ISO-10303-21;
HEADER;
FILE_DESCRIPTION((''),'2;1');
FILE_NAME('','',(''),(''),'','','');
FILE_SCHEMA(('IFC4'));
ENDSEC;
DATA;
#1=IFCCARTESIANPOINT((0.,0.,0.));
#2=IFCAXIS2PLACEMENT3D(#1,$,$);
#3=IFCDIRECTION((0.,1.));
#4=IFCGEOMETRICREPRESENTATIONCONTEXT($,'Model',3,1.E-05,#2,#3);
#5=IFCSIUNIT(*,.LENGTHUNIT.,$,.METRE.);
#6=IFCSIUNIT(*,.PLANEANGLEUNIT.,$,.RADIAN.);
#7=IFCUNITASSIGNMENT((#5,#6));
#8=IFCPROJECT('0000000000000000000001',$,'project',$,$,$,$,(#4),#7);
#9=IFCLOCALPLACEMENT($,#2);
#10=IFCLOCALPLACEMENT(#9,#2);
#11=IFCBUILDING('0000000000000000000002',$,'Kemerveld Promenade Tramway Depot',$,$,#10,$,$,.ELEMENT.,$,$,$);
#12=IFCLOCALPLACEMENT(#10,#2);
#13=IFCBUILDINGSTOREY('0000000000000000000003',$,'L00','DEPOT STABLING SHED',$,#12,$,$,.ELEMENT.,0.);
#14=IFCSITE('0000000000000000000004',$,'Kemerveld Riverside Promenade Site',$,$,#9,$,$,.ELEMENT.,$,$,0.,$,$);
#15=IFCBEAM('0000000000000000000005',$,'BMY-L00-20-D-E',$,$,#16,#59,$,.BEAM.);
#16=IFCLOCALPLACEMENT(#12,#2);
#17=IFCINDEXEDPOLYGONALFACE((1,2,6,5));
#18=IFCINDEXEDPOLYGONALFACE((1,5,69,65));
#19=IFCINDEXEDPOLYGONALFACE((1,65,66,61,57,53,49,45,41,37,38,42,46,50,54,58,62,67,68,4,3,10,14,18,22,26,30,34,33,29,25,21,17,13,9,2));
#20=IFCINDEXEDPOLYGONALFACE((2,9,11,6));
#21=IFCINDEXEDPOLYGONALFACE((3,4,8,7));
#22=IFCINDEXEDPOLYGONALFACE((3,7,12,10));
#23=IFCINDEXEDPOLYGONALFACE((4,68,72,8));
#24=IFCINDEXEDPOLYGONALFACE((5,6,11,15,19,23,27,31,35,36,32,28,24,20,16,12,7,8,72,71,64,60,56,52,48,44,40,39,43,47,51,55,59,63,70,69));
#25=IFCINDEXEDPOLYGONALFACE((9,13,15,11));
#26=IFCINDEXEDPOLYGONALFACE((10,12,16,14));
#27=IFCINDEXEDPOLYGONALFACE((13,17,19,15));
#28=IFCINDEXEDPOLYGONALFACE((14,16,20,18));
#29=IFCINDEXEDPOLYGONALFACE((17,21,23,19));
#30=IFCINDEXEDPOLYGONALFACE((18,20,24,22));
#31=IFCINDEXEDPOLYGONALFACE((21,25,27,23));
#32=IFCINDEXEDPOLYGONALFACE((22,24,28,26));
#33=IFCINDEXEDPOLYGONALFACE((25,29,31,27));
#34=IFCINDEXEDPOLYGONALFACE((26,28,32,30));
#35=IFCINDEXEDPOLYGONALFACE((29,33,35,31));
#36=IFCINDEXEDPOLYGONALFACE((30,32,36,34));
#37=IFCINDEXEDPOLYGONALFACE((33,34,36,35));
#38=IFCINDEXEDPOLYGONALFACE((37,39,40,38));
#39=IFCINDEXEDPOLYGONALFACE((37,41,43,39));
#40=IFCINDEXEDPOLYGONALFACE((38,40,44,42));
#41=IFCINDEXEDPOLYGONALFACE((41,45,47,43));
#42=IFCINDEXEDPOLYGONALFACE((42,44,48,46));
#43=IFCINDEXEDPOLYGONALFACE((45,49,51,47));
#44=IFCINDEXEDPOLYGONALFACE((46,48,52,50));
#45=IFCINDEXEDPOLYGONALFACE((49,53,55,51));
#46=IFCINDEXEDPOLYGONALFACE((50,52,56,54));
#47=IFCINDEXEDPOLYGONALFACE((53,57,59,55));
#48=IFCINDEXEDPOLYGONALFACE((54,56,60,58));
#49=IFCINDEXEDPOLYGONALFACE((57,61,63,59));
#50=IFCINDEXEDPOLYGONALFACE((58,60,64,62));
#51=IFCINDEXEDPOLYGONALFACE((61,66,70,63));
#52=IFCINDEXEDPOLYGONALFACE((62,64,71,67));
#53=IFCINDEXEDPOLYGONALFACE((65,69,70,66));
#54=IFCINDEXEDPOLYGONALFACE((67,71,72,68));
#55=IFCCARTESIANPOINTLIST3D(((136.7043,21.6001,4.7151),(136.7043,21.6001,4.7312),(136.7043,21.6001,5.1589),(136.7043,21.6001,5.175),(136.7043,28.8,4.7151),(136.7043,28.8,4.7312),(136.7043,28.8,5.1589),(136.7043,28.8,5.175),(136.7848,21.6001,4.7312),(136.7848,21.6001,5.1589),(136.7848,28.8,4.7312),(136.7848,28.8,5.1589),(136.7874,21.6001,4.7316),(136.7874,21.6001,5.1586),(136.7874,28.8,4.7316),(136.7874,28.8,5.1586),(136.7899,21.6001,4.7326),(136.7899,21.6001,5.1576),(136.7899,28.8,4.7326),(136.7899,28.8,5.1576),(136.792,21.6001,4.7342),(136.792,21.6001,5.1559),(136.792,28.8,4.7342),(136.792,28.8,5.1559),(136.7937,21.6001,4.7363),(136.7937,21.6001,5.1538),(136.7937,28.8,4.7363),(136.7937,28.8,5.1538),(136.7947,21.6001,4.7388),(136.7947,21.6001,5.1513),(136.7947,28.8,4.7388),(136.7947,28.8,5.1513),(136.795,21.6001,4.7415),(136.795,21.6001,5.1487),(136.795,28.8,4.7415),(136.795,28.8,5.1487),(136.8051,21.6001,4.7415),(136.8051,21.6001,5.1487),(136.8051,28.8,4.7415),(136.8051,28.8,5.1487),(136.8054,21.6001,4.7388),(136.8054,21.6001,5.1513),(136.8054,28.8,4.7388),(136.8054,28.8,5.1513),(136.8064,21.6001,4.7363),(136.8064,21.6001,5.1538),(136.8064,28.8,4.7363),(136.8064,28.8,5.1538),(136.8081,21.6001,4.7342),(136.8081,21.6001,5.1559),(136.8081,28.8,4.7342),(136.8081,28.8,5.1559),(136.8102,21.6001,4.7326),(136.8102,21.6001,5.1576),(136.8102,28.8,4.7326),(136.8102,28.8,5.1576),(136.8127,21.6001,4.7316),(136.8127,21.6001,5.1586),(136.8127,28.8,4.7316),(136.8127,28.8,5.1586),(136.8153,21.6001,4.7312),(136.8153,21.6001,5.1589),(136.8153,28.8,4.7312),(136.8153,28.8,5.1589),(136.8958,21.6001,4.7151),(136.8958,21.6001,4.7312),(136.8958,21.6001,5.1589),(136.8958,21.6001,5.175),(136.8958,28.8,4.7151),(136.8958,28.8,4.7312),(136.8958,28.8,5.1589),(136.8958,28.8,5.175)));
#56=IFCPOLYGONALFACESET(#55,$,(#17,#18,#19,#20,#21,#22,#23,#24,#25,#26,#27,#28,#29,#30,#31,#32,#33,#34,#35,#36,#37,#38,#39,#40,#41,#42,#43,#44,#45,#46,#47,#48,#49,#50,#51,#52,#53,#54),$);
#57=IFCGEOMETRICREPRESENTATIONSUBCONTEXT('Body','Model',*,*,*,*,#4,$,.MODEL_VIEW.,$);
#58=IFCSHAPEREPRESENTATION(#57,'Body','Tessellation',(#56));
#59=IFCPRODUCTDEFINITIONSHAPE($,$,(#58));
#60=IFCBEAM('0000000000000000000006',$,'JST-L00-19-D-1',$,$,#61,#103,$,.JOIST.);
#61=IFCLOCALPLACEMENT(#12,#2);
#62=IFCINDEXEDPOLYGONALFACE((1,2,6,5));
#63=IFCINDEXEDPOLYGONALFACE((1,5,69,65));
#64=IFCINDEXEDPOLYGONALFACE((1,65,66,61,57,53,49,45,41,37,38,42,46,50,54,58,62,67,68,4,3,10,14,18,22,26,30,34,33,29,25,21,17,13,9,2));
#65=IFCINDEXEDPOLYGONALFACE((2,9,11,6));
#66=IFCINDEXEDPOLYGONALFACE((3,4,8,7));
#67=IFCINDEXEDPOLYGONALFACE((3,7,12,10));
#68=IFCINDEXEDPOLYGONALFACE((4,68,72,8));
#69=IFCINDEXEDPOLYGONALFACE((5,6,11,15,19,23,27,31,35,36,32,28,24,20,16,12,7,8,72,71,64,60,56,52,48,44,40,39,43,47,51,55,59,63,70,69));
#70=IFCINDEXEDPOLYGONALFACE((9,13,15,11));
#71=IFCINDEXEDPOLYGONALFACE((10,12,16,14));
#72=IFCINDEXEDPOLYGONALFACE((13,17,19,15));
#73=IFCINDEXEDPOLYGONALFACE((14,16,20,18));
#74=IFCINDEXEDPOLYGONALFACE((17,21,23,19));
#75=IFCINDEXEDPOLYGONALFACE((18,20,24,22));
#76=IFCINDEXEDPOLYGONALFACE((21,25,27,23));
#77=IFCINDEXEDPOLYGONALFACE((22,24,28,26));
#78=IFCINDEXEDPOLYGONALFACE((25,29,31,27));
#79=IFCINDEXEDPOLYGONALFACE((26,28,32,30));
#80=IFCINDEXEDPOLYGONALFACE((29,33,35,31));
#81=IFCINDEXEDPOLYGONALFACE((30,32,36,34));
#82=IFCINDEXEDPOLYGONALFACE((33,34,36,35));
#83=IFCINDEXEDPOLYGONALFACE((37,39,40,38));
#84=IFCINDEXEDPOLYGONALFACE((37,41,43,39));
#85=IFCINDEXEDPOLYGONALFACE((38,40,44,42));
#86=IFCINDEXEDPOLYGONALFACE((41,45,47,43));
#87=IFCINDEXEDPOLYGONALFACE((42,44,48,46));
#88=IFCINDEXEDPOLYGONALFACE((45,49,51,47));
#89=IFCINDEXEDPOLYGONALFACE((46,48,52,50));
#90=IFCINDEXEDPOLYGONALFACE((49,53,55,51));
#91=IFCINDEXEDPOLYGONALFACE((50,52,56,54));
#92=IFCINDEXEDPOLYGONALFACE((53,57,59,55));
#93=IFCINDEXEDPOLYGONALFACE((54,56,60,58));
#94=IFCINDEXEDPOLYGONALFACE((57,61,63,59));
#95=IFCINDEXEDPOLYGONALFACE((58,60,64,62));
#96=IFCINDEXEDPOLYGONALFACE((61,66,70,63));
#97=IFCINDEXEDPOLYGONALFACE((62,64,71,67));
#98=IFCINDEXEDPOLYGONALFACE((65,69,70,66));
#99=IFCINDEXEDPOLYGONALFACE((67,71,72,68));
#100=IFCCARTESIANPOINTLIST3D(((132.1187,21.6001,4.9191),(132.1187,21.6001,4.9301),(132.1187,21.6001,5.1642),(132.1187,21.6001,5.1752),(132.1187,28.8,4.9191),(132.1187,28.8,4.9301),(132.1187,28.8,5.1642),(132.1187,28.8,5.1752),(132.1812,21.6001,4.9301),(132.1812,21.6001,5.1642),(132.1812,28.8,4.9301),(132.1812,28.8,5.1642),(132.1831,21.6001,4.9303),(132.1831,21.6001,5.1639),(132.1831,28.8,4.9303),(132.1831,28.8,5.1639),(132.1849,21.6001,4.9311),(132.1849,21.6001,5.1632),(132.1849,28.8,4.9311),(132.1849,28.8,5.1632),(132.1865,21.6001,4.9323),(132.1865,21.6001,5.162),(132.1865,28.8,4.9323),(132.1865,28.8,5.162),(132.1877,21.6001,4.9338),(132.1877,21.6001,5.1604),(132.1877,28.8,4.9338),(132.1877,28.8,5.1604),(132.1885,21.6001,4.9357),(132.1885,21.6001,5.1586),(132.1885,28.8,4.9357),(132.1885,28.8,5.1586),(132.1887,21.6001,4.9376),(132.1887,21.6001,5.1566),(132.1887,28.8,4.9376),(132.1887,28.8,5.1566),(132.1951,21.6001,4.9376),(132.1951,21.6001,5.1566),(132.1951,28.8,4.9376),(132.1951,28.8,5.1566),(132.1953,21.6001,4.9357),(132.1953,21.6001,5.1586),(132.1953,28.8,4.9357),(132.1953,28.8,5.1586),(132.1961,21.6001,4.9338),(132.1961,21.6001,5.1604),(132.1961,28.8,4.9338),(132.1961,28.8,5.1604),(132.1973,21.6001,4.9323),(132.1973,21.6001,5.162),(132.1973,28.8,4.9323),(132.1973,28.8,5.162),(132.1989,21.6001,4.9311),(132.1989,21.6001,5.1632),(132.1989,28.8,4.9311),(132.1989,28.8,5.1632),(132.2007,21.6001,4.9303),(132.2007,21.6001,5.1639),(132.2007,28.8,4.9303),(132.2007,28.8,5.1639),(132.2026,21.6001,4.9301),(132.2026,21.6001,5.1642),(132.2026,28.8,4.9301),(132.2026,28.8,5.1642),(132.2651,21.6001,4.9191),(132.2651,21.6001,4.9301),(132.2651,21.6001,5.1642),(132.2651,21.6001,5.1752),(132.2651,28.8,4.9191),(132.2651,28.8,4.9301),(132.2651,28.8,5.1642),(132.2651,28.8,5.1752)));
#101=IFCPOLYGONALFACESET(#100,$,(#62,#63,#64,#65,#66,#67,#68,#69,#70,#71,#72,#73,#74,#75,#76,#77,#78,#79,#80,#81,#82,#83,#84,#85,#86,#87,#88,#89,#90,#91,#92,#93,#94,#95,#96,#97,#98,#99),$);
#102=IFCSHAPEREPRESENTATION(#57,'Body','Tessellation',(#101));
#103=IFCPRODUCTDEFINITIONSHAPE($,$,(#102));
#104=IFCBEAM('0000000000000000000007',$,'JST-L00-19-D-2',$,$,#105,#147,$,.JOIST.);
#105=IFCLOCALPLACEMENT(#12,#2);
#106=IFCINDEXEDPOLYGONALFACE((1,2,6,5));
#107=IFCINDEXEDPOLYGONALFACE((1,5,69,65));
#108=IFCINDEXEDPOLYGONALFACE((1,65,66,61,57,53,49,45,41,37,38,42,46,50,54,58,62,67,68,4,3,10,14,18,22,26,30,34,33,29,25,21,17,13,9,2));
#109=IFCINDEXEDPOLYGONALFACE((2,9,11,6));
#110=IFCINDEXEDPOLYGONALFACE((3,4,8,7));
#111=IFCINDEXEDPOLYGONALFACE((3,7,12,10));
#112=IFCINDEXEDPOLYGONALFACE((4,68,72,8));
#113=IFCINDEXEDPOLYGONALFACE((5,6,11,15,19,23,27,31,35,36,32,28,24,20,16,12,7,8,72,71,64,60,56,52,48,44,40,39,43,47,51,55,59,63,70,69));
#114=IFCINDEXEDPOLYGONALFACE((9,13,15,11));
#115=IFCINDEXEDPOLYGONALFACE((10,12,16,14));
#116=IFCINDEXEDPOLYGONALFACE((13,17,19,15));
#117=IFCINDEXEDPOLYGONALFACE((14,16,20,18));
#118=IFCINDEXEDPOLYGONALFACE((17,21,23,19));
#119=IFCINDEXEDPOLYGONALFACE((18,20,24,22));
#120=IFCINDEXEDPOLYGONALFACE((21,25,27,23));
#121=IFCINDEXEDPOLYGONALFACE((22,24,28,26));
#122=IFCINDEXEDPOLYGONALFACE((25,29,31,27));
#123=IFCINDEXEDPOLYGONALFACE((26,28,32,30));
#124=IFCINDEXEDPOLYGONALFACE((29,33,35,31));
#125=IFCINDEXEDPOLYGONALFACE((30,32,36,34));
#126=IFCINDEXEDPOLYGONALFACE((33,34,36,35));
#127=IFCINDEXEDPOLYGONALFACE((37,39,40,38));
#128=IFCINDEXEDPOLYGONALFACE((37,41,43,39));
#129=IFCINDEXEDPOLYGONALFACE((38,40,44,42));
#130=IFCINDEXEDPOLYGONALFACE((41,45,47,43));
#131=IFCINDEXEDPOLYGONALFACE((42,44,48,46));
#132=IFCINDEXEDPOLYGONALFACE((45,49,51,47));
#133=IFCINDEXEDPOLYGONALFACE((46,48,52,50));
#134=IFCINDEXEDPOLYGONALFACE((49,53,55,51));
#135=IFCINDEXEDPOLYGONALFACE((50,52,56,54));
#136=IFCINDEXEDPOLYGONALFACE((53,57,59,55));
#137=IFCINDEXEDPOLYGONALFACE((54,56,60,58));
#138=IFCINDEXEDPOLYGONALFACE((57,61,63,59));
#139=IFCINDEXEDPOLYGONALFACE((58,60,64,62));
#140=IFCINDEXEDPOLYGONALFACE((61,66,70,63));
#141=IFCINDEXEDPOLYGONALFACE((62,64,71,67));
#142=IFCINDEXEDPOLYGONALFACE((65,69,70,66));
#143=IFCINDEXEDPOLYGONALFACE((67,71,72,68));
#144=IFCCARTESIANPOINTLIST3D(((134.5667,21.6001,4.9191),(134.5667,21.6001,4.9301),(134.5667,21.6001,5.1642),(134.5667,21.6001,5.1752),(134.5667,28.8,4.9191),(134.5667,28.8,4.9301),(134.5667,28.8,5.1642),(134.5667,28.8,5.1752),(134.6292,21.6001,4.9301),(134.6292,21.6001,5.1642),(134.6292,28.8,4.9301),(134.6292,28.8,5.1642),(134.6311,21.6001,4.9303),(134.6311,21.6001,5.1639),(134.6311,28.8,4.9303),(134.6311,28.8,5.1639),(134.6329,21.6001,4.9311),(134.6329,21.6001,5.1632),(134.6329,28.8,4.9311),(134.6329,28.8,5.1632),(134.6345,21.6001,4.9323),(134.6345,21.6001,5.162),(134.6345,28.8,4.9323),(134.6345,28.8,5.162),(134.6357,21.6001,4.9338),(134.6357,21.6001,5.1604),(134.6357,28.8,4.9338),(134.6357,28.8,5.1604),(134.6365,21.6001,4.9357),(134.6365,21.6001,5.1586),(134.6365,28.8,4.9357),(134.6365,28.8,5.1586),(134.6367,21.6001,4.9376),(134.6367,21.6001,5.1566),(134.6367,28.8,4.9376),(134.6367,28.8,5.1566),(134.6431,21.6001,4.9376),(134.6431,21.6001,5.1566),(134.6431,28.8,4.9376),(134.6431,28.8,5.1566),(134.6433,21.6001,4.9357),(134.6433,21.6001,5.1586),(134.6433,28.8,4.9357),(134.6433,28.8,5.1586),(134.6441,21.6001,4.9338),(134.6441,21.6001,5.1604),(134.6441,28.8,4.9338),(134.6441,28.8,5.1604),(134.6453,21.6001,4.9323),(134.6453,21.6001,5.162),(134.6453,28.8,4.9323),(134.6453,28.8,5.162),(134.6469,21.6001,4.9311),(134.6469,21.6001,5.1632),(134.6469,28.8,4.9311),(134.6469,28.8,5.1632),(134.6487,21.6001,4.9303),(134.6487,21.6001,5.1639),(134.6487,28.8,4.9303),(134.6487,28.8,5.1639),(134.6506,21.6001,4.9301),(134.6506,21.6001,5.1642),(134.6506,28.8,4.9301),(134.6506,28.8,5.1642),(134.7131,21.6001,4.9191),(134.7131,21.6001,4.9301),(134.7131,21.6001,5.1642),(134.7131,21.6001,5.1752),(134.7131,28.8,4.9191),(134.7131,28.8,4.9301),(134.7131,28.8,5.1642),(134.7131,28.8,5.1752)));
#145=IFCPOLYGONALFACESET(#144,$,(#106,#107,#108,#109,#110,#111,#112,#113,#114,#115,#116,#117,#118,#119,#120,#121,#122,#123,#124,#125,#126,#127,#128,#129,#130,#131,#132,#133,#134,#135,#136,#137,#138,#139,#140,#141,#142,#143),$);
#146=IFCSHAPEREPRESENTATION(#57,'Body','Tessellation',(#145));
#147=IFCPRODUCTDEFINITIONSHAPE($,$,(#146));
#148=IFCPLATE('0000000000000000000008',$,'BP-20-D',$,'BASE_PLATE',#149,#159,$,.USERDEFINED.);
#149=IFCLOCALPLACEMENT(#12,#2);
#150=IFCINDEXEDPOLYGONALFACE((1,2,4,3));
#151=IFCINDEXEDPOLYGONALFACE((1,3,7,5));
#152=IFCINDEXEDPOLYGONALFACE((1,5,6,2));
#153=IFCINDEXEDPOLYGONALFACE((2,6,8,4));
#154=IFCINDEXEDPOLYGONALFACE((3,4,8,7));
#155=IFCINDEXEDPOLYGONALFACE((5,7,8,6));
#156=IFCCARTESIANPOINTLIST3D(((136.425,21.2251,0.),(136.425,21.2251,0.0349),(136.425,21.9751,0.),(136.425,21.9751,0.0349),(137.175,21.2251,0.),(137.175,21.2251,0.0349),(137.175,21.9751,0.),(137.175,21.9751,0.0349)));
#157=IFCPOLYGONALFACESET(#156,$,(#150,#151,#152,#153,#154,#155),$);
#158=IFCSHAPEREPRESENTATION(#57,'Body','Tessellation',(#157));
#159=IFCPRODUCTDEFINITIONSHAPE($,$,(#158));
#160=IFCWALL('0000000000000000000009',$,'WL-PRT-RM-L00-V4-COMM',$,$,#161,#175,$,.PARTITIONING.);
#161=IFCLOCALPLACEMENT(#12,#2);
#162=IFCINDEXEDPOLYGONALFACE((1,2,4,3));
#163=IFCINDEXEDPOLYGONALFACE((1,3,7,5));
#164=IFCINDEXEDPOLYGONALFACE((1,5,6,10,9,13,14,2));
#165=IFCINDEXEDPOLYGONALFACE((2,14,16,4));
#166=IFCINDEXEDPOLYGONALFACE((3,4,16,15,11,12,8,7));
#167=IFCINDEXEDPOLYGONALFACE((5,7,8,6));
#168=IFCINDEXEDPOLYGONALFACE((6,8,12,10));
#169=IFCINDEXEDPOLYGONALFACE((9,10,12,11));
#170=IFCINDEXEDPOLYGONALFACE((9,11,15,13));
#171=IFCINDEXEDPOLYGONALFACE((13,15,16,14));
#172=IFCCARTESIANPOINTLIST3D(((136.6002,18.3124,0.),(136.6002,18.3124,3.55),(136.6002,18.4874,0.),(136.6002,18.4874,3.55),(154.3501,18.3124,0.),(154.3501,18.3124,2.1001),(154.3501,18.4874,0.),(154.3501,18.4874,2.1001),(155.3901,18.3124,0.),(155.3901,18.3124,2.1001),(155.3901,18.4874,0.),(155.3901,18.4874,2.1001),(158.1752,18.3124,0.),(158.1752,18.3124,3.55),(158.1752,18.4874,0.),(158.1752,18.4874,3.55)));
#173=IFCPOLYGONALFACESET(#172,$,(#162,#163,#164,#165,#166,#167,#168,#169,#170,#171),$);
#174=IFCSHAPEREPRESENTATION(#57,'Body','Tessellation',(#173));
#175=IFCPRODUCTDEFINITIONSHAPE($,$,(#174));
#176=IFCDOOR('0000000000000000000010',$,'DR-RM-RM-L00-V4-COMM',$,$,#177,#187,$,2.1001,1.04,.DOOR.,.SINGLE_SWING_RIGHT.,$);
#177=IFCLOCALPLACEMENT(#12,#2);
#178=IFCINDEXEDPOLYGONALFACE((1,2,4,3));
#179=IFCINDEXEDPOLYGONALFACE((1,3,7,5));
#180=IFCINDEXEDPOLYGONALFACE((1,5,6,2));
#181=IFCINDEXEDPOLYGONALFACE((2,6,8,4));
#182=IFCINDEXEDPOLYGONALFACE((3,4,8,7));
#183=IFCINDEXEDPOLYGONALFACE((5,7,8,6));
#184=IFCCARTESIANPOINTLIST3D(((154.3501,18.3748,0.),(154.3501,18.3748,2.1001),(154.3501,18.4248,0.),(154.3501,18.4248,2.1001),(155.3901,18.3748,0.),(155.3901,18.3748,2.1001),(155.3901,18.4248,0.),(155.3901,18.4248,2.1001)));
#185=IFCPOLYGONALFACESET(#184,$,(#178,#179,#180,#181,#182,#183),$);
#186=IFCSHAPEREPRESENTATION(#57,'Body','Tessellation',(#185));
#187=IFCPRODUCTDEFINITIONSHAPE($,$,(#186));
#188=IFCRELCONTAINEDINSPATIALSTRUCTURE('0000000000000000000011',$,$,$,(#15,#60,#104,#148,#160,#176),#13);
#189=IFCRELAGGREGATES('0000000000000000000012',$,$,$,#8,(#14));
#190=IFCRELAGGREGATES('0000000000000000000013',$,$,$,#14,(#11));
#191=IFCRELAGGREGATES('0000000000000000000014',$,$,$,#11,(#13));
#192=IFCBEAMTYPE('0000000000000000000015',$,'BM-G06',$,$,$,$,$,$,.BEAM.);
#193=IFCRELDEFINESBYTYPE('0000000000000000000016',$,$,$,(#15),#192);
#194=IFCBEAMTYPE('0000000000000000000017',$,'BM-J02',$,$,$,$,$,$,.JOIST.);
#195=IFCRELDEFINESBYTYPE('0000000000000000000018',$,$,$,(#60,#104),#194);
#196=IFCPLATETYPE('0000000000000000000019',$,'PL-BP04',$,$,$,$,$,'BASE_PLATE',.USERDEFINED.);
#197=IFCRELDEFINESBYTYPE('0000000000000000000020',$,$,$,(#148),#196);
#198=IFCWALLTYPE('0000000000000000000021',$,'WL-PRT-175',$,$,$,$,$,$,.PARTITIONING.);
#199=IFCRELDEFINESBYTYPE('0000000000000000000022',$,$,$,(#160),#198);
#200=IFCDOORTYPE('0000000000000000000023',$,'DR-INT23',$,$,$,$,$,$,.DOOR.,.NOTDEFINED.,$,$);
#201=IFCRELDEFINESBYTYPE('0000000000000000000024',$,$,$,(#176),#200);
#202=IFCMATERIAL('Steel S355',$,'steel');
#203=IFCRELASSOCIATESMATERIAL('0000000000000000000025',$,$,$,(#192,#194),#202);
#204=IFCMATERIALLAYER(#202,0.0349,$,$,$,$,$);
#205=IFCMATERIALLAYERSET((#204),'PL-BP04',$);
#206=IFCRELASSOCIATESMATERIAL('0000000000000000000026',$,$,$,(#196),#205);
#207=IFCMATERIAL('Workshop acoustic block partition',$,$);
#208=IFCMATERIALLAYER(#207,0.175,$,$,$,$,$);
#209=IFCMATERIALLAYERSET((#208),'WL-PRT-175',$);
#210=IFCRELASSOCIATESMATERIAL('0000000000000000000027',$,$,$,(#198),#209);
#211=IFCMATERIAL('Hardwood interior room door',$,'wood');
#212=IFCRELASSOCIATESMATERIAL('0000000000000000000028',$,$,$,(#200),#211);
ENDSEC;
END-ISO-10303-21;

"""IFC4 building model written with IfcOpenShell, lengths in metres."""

from ifc_helpers import new_model, si_unit, direction, frame, frame_2d, origin, origin_2d, place, context, subcontext, project, spatial, rectangle, i_section, extrude, material, layer, layer_set, material_profile, profile_set, type_object, element, fill, save


model = new_model("IFC4")

# Units and contexts
model_context = context("Model", 3, precision=1e-05, world=origin(), true_north=direction((0.0, 1.0)))
body_context = subcontext(model_context, "Body", "Model", "MODEL_VIEW")
ifc_project = project(units=[si_unit("LENGTHUNIT", "METRE"), si_unit("PLANEANGLEUNIT", "RADIAN")], contexts=[model_context])

# Site, building, storey
site_placement = place(None, origin())
site = spatial("IfcSite", under=ifc_project, at=site_placement, Name="Kemerveld Riverside Promenade Site", CompositionType="ELEMENT", RefElevation=0.0)
building_placement = place(site_placement, origin())
building = spatial("IfcBuilding", under=site, at=building_placement, Name="Kemerveld Promenade Tramway Depot", CompositionType="ELEMENT")
storey_placement = place(building_placement, origin())
storey = spatial("IfcBuildingStorey", under=building, at=storey_placement, Name="L00", Description="DEPOT STABLING SHED", CompositionType="ELEMENT", Elevation=0.0)

# Shared definitions
ifc_material_1 = material(Name="Steel S355", Category="steel")

# Beams
ifc_material_profile_1 = material_profile(ifc_material_1, i_section(OverallWidth=0.1914, OverallDepth=0.46, WebThickness=0.01, FlangeThickness=0.0161, FilletRadius=0.0103, at=origin_2d()), Name="457x191x82 UB")
ifc_profile_set_1 = profile_set([ifc_material_profile_1], Name="Steel S355")
beam_type_1 = type_object("IfcBeamType", Name="BM-G06", PredefinedType="BEAM", material=ifc_profile_set_1)
beam_1_placement = place(storey_placement, frame((136.8, 21.6001, 4.9451), z_axis=(0.0, 1.0, 0.0), x_axis=(-1.0, 0.0, 0.0)))
element("IfcBeam", 1, at=beam_1_placement, inside=storey, type_object=beam_type_1, Name="BMY-L00-20-D-E", PredefinedType="BEAM", context=body_context, shape_type="SweptSolid", body=[
    extrude(i_section(OverallWidth=0.1914, OverallDepth=0.46, WebThickness=0.01, FlangeThickness=0.0161, FilletRadius=0.0103, at=origin_2d()), origin(), (0.0, 0.0, 1.0), 7.2),
])
ifc_material_profile_2 = material_profile(ifc_material_1, i_section(OverallWidth=0.1465, OverallDepth=0.2561, WebThickness=0.0063, FlangeThickness=0.011, FilletRadius=0.0076, at=origin_2d()), Name="254x146x37 UB")
ifc_profile_set_2 = profile_set([ifc_material_profile_2], Name="Steel S355")
beam_type_2 = type_object("IfcBeamType", Name="BM-J02", PredefinedType="JOIST", material=ifc_profile_set_2)
for number, where, z_axis, x_axis, name in (
    (2, (132.1919, 21.6001, 5.0471), (0.0, 1.0, 0.0), (-1.0, 0.0, 0.0), "JST-L00-19-D-1"),
    (3, (134.6399, 21.6001, 5.0471), (0.0, 1.0, 0.0), (-1.0, 0.0, 0.0), "JST-L00-19-D-2"),
):
    element("IfcBeam", number, at=place(storey_placement, frame(where, z_axis=z_axis, x_axis=x_axis)), inside=storey, type_object=beam_type_2, Name=name, PredefinedType="JOIST", context=body_context, shape_type="SweptSolid", body=[
        extrude(i_section(OverallWidth=0.1465, OverallDepth=0.2561, WebThickness=0.0063, FlangeThickness=0.011, FilletRadius=0.0076, at=origin_2d()), origin(), (0.0, 0.0, 1.0), 7.2),
    ])

# Plate
ifc_layer_1 = layer(ifc_material_1, 0.0349)
ifc_layer_set_1 = layer_set([ifc_layer_1], Name="PL-BP04")
plate_type = type_object("IfcPlateType", Name="PL-BP04", ElementType="BASE_PLATE", PredefinedType="USERDEFINED", material=ifc_layer_set_1)
plate_placement = place(storey_placement, frame((136.8, 21.6001, 0.0), z_axis=(0.0, 0.0, 1.0), x_axis=(1.0, 0.0, 0.0)))
element("IfcPlate", 4, at=plate_placement, inside=storey, type_object=plate_type, Name="BP-20-D", ObjectType="BASE_PLATE", PredefinedType="USERDEFINED", context=body_context, shape_type="SweptSolid", body=[
    extrude(rectangle(XDim=0.75, YDim=0.75, at=origin_2d()), origin(), (0.0, 0.0, 1.0), 0.0349),
])

# Wall, opening, door
ifc_material_2 = material(Name="Workshop acoustic block partition")
ifc_layer_2 = layer(ifc_material_2, 0.175)
ifc_layer_set_2 = layer_set([ifc_layer_2], Name="WL-PRT-175")
wall_type_1 = type_object("IfcWallType", Name="WL-PRT-175", PredefinedType="PARTITIONING", material=ifc_layer_set_2)
wall_1_placement = place(storey_placement, frame((136.6001, 18.3999, 0.0), z_axis=(0.0, 0.0, 1.0), x_axis=(1.0, 0.0, 0.0)))
wall_1 = element("IfcWall", 5, at=wall_1_placement, inside=storey, type_object=wall_type_1, Name="WL-PRT-RM-L00-V4-COMM", PredefinedType="PARTITIONING", context=body_context, shape_type="SweptSolid", body=[
    extrude(rectangle(XDim=21.575, YDim=0.175, at=frame_2d((10.7876, 0.0))), origin(), (0.0, 0.0, 1.0), 3.55),
])
opening_1_placement = place(wall_1_placement, frame((17.75, 0.0, 0.0)))
opening_1 = element("IfcOpeningElement", 6, at=opening_1_placement, cuts=wall_1, PredefinedType="OPENING", context=body_context, shape_type="SweptSolid", body=[
    extrude(rectangle(XDim=1.04, YDim=2.1001, at=frame_2d((0.52, 1.05))), frame((0.0, 0.0974, 0.0), z_axis=(0.0, -1.0, 0.0), x_axis=(1.0, 0.0, 0.0)), (0.0, 0.0, 1.0), 0.1951),
])
ifc_material_3 = material(Name="Hardwood interior room door", Category="wood")
door_type_1 = type_object("IfcDoorType", Name="DR-INT23", OperationType="NOTDEFINED", PredefinedType="DOOR", material=ifc_material_3)
door_1_placement = place(opening_1_placement, origin())
door_1 = element("IfcDoor", 7, at=door_1_placement, inside=storey, type_object=door_type_1, Name="DR-RM-RM-L00-V4-COMM", OperationType="SINGLE_SWING_RIGHT", OverallHeight=2.1001, OverallWidth=1.04, PredefinedType="DOOR", context=body_context, shape_type="SweptSolid", body=[
    extrude(rectangle(XDim=1.04, YDim=2.1001, at=frame_2d((0.52, 1.05))), frame((0.0, 0.0249, 0.0), z_axis=(0.0, -1.0, 0.0), x_axis=(1.0, 0.0, 0.0)), (0.0, 0.0, 1.0), 0.05),
])
fill(opening_1, door_1)

save(model, "model.ifc")
